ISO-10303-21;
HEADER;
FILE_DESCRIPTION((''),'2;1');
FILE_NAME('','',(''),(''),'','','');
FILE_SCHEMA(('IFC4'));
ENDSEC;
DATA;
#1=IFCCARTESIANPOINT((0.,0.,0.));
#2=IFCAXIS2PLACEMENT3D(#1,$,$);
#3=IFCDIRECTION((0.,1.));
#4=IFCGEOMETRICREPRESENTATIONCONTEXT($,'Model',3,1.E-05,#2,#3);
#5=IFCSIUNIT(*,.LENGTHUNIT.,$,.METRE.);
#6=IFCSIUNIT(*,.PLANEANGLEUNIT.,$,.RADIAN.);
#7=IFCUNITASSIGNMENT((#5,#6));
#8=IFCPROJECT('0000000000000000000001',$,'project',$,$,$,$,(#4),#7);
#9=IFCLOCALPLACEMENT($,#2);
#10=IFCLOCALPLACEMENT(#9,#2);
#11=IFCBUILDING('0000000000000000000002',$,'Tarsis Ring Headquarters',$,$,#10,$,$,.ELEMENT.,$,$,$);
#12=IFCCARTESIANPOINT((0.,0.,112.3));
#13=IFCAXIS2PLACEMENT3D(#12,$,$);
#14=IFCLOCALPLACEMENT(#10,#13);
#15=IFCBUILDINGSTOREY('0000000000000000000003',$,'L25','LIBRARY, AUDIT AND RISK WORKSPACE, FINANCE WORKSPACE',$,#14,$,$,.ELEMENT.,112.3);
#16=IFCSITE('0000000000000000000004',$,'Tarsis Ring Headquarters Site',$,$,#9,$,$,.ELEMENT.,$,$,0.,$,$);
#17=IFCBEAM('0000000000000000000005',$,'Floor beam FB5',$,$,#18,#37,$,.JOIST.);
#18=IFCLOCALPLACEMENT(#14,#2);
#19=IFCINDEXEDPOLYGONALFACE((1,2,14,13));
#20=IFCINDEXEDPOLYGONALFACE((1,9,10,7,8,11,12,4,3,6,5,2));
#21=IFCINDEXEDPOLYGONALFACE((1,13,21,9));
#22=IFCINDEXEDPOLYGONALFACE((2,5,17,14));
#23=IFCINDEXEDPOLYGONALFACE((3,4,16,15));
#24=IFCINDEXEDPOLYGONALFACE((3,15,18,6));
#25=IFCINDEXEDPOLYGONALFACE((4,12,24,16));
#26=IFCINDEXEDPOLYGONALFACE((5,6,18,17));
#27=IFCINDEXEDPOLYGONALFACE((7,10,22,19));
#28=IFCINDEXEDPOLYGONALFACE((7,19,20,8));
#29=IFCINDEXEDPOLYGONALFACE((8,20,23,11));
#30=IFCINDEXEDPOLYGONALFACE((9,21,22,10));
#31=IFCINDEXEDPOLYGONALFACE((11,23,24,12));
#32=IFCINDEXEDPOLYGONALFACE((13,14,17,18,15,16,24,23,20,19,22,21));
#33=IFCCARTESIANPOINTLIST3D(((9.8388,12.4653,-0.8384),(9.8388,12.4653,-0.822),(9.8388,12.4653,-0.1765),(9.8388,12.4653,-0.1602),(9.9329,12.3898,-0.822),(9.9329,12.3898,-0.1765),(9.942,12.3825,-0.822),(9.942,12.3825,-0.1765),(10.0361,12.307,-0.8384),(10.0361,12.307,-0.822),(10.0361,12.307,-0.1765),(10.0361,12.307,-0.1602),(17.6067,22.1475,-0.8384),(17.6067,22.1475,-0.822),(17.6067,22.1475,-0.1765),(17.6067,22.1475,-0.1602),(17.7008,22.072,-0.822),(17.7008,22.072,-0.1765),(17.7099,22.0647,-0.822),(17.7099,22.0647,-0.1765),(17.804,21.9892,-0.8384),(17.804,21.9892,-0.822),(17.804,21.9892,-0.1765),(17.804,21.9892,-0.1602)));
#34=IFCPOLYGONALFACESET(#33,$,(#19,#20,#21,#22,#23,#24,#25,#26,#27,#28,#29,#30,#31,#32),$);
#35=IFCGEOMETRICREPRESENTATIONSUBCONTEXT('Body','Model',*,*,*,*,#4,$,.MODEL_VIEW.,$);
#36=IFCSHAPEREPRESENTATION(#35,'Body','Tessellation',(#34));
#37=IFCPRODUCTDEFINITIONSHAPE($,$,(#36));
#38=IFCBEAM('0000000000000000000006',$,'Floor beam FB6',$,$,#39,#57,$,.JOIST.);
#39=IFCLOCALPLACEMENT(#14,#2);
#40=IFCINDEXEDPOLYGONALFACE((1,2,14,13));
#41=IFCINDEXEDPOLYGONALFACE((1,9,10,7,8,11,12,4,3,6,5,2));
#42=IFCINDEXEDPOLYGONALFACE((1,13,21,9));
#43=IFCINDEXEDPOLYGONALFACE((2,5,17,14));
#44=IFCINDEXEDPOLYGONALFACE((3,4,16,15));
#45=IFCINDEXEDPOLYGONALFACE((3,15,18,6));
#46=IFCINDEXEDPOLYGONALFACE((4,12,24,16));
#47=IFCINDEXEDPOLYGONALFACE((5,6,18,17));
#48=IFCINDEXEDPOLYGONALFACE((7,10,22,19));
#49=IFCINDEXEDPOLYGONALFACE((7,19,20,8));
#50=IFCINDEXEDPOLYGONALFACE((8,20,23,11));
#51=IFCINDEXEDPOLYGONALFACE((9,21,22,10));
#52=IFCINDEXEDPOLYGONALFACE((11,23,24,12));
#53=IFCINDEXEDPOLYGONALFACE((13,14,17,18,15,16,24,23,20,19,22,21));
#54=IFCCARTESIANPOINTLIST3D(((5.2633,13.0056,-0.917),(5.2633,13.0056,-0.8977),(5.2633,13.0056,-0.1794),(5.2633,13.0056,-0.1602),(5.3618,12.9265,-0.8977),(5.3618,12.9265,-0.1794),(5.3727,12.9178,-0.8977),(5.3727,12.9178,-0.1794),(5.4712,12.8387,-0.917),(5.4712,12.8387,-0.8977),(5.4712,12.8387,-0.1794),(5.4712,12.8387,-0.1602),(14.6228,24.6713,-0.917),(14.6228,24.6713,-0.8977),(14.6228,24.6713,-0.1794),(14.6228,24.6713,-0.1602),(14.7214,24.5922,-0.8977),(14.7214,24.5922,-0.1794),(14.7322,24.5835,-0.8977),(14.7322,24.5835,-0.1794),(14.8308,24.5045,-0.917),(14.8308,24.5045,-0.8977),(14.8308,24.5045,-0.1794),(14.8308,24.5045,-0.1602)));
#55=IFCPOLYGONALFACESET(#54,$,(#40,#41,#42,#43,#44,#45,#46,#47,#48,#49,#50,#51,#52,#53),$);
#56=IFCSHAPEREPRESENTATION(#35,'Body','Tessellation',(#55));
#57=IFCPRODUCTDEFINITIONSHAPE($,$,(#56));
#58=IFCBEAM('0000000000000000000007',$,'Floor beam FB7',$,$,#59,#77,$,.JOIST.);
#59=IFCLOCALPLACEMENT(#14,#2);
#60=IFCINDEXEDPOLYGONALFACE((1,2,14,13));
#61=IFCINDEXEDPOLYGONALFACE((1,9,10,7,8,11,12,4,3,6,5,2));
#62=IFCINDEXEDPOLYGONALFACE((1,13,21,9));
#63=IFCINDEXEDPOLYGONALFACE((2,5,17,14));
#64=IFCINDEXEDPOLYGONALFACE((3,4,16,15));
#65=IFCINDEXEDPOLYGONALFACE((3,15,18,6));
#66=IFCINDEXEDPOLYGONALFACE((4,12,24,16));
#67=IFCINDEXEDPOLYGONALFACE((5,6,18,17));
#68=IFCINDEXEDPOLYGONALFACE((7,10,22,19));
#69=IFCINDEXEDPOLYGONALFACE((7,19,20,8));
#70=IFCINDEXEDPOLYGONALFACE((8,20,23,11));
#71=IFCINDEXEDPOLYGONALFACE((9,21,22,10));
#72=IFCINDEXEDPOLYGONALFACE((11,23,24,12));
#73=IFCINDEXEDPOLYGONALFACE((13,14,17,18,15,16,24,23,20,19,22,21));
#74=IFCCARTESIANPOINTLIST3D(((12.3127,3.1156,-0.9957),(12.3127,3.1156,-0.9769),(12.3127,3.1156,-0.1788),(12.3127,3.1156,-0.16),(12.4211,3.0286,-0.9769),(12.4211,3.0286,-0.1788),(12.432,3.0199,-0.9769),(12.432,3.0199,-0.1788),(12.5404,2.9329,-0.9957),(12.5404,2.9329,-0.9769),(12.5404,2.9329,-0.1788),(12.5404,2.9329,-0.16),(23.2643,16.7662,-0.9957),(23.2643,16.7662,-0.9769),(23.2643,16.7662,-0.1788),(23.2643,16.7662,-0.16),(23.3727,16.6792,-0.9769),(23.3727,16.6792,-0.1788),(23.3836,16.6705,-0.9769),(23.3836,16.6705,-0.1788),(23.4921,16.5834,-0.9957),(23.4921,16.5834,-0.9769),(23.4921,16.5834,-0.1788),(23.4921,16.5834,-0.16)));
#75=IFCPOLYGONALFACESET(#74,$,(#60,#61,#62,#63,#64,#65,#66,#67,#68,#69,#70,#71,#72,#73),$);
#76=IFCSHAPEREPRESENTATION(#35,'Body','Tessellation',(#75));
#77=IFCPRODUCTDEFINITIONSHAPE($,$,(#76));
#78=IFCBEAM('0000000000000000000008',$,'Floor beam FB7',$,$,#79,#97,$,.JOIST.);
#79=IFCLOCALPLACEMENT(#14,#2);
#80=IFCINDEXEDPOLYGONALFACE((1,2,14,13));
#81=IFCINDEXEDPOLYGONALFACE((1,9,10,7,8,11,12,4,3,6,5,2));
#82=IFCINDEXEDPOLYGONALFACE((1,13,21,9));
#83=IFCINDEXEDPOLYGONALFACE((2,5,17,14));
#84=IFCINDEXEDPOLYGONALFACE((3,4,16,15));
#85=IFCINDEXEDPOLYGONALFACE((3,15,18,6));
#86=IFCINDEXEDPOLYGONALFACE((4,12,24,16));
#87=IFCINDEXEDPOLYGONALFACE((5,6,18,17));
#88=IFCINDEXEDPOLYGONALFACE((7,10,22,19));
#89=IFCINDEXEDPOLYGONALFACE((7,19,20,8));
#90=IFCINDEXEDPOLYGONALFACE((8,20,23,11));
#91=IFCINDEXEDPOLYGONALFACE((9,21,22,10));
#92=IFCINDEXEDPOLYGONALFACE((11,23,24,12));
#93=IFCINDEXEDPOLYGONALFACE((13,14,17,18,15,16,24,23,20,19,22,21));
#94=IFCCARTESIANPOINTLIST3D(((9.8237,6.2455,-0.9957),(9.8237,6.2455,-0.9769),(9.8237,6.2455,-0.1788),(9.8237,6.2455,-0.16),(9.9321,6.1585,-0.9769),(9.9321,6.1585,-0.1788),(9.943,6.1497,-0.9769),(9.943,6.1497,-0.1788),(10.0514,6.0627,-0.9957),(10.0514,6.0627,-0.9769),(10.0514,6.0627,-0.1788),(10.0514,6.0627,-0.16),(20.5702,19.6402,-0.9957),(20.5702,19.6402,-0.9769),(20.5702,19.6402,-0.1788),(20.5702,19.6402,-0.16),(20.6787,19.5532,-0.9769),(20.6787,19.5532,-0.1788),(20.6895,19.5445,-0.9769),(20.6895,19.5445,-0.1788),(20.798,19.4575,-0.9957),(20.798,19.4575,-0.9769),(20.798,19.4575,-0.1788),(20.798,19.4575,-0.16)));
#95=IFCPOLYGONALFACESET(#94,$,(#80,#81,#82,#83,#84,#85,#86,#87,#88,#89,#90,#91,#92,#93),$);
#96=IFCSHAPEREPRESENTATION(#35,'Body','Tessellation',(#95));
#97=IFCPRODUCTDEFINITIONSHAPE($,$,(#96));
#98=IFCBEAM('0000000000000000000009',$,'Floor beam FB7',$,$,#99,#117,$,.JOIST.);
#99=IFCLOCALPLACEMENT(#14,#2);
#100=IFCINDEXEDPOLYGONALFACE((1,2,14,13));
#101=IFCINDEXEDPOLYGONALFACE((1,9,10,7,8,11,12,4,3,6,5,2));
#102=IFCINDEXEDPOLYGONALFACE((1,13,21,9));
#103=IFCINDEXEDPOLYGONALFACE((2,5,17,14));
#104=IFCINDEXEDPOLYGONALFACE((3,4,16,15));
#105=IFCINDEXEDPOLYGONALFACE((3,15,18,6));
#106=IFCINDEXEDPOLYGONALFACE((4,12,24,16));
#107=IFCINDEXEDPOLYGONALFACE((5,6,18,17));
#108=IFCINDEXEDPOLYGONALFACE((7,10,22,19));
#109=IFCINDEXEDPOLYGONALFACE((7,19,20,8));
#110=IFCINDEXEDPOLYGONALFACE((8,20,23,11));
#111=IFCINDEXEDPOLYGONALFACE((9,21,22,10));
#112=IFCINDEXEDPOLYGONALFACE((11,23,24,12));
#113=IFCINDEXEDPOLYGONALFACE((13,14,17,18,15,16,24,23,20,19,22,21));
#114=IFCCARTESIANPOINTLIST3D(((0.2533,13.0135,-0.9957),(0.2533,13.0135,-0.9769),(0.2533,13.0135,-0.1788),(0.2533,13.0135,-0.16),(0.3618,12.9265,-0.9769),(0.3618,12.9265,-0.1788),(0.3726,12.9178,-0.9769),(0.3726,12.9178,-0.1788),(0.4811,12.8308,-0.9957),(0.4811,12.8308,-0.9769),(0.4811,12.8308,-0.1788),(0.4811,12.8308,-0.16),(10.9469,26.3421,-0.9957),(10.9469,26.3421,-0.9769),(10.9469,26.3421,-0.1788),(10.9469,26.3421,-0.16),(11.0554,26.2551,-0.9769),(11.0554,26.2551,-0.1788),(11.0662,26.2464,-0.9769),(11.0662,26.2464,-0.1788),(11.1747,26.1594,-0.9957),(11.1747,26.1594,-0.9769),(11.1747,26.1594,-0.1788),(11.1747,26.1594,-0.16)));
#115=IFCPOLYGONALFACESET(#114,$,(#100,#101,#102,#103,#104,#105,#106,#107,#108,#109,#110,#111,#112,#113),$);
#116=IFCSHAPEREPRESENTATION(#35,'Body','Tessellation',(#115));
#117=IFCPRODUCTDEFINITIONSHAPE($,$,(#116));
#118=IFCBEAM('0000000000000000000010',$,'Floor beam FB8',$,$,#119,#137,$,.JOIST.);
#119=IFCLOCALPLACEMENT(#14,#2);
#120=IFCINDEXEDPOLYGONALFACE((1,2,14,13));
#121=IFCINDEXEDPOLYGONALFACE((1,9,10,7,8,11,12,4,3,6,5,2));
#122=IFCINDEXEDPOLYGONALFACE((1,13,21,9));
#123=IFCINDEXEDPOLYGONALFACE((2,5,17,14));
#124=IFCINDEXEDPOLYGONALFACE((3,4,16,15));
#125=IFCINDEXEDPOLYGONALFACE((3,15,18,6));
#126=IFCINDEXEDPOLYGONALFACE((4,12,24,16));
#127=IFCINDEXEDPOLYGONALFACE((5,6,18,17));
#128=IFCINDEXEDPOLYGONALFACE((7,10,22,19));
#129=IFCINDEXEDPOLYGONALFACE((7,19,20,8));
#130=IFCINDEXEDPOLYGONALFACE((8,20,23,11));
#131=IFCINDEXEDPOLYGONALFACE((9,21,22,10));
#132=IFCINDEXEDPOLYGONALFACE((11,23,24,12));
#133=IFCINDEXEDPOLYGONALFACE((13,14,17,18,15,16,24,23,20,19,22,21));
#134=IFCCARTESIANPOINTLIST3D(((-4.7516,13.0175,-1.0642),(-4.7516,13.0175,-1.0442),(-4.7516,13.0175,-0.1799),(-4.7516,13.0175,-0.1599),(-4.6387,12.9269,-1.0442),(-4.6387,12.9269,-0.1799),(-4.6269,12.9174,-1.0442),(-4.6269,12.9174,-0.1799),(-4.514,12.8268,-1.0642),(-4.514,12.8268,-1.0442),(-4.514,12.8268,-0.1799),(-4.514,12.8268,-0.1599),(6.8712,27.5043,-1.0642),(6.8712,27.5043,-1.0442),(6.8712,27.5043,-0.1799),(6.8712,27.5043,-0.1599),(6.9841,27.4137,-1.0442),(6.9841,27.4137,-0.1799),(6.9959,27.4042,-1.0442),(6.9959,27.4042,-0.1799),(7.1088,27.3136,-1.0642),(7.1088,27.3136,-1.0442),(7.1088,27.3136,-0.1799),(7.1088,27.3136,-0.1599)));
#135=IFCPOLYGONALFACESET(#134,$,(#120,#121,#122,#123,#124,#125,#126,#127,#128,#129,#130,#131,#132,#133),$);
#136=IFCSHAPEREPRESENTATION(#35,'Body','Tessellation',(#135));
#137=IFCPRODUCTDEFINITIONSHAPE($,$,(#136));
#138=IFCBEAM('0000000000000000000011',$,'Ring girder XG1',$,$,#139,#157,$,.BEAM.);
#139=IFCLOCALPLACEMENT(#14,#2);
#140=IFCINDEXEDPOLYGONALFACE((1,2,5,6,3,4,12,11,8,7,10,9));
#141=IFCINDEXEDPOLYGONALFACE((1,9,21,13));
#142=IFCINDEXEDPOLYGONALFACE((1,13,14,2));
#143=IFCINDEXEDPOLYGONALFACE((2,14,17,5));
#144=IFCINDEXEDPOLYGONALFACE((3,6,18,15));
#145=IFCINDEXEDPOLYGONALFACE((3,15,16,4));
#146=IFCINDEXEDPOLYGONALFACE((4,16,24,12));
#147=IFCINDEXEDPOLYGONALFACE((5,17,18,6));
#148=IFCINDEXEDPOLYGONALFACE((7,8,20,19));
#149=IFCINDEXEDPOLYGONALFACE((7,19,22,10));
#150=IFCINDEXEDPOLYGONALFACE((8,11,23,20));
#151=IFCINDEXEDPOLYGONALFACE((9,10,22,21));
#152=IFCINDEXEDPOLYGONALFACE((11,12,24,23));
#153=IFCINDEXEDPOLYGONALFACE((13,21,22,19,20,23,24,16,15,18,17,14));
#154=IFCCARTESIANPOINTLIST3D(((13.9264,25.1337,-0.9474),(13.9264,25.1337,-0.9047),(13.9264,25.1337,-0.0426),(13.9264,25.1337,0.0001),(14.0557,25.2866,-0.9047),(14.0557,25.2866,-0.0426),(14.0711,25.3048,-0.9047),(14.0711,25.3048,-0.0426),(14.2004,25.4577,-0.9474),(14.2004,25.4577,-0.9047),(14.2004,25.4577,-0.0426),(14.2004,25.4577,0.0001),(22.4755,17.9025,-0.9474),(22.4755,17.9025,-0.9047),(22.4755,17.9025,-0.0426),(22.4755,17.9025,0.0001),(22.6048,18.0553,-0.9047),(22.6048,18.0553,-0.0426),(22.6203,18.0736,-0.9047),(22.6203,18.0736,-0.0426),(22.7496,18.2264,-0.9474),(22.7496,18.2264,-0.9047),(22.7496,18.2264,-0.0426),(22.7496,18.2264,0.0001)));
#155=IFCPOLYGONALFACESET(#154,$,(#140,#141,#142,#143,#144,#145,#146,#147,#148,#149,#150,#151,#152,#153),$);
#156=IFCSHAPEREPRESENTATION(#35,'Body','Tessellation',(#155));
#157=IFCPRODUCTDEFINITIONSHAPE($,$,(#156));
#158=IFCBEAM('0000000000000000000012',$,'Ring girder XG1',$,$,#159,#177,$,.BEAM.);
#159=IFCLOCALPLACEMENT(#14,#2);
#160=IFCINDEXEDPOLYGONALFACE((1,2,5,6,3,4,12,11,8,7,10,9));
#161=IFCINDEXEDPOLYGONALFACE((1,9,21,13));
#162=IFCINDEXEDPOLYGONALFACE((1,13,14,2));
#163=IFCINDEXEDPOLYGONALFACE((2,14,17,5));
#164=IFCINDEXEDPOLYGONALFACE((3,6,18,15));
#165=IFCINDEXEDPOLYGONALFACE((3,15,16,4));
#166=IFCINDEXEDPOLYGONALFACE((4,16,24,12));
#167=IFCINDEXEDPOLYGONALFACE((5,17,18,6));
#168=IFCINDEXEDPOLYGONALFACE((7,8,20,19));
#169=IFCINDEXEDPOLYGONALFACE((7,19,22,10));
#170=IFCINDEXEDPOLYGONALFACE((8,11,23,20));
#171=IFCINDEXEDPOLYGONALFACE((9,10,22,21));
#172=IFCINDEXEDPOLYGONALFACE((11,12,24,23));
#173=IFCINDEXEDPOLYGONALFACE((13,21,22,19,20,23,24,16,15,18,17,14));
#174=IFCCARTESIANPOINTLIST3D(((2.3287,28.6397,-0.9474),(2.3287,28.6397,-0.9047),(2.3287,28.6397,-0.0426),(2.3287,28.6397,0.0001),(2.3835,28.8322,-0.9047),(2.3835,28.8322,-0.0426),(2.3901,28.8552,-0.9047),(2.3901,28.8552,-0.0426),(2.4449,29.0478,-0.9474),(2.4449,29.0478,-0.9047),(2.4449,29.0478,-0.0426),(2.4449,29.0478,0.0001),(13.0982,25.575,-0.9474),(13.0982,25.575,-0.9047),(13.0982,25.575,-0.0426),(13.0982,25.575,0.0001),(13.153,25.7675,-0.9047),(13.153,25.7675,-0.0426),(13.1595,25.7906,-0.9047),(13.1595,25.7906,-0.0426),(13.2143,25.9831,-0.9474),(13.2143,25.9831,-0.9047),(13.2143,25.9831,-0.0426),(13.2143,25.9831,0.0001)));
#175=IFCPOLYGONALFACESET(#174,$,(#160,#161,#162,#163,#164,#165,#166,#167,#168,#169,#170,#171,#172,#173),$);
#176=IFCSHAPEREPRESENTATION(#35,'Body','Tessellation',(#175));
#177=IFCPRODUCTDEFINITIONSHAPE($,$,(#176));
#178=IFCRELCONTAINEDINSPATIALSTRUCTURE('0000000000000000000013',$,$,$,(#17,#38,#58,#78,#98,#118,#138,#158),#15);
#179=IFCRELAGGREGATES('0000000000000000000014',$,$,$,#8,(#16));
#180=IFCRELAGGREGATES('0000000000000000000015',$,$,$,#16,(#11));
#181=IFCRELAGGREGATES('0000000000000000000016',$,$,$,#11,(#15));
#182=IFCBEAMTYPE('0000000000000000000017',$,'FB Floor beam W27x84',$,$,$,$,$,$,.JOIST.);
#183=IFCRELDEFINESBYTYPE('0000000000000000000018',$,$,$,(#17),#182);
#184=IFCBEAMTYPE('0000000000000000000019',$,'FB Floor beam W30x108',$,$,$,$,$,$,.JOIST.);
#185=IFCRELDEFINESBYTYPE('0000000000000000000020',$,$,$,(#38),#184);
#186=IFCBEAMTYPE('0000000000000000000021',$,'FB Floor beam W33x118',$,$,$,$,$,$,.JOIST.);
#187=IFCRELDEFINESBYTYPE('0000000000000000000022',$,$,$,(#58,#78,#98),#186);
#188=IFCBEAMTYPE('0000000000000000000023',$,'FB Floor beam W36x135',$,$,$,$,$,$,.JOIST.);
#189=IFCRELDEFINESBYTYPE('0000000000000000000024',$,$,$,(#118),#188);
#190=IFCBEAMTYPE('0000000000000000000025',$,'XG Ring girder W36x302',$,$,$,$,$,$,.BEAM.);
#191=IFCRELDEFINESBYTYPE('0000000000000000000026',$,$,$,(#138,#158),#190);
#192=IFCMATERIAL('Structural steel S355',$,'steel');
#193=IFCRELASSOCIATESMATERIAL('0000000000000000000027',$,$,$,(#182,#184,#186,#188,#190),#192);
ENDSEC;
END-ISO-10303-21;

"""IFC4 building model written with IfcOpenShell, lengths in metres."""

from ifc_helpers import new_model, si_unit, direction, frame, origin, origin_2d, place, context, subcontext, project, spatial, i_section, extrude, material, material_profile, profile_set, type_object, element, save


model = new_model("IFC4")

# Units and contexts
model_context = context("Model", 3, precision=1e-05, world=origin(), true_north=direction((0.0, 1.0)))
body_context = subcontext(model_context, "Body", "Model", "MODEL_VIEW")
ifc_project = project(units=[si_unit("LENGTHUNIT", "METRE"), si_unit("PLANEANGLEUNIT", "RADIAN")], contexts=[model_context])

# Site, building, storey
site_placement = place(None, origin())
site = spatial("IfcSite", under=ifc_project, at=site_placement, Name="Tarsis Ring Headquarters Site", CompositionType="ELEMENT", RefElevation=0.0)
building_placement = place(site_placement, origin())
building = spatial("IfcBuilding", under=site, at=building_placement, Name="Tarsis Ring Headquarters", CompositionType="ELEMENT")
storey_placement = place(building_placement, frame((0.0, 0.0, 112.3)))
storey = spatial("IfcBuildingStorey", under=building, at=storey_placement, Name="L25", Description="LIBRARY, AUDIT AND RISK WORKSPACE, FINANCE WORKSPACE", CompositionType="ELEMENT", Elevation=112.3)

# Shared definitions
ifc_material_1 = material(Name="Structural steel S355", Category="steel")

# Beams
ifc_material_profile_1 = material_profile(ifc_material_1, i_section(OverallWidth=0.2529, OverallDepth=0.6782, WebThickness=0.0117, FlangeThickness=0.0164, at=origin_2d()), Name="W27x84")
ifc_profile_set_1 = profile_set([ifc_material_profile_1], Name="Structural steel S355")
beam_type_1 = type_object("IfcBeamType", Name="FB Floor beam W27x84", PredefinedType="JOIST", material=ifc_profile_set_1)
beam_1_placement = place(storey_placement, frame((17.7053, 22.0684, -0.4993), z_axis=(-0.625781, -0.779999, 0.0), x_axis=(0.779999, -0.625781, 0.0)))
element("IfcBeam", 1, at=beam_1_placement, inside=storey, type_object=beam_type_1, Name="Floor beam FB5", PredefinedType="JOIST", context=body_context, shape_type="SweptSolid", body=[
    extrude(i_section(OverallWidth=0.2529, OverallDepth=0.6782, WebThickness=0.0117, FlangeThickness=0.0164, at=origin_2d()), origin(), (0.0, 0.0, 1.0), 12.4131),
])
ifc_material_profile_2 = material_profile(ifc_material_1, i_section(OverallWidth=0.2666, OverallDepth=0.7568, WebThickness=0.0139, FlangeThickness=0.0193, at=origin_2d()), Name="W30x108")
ifc_profile_set_2 = profile_set([ifc_material_profile_2], Name="Structural steel S355")
beam_type_2 = type_object("IfcBeamType", Name="FB Floor beam W30x108", PredefinedType="JOIST", material=ifc_profile_set_2)
beam_2_placement = place(storey_placement, frame((14.7268, 24.5879, -0.5386), z_axis=(-0.625795, -0.779987, 0.0), x_axis=(0.779987, -0.625795, 0.0)))
element("IfcBeam", 2, at=beam_2_placement, inside=storey, type_object=beam_type_2, Name="Floor beam FB6", PredefinedType="JOIST", context=body_context, shape_type="SweptSolid", body=[
    extrude(i_section(OverallWidth=0.2666, OverallDepth=0.7568, WebThickness=0.0139, FlangeThickness=0.0193, at=origin_2d()), origin(), (0.0, 0.0, 1.0), 14.9563),
])
ifc_material_profile_3 = material_profile(ifc_material_1, i_section(OverallWidth=0.292, OverallDepth=0.8357, WebThickness=0.0139, FlangeThickness=0.0188, at=origin_2d()), Name="W33x118")
ifc_profile_set_3 = profile_set([ifc_material_profile_3], Name="Structural steel S355")
beam_type_3 = type_object("IfcBeamType", Name="FB Floor beam W33x118", PredefinedType="JOIST", material=ifc_profile_set_3)
beam_3_placement = place(storey_placement, frame((23.3782, 16.6748, -0.5779), z_axis=(-0.62578, -0.78, 0.0), x_axis=(0.78, -0.62578, 0.0)))
element("IfcBeam", 3, at=beam_3_placement, inside=storey, type_object=beam_type_3, Name="Floor beam FB7", PredefinedType="JOIST", context=body_context, shape_type="SweptSolid", body=[
    extrude(i_section(OverallWidth=0.292, OverallDepth=0.8357, WebThickness=0.0139, FlangeThickness=0.0188, at=origin_2d()), origin(), (0.0, 0.0, 1.0), 17.5007),
])
beam_4_placement = place(storey_placement, frame((20.6841, 19.5488, -0.5779), z_axis=(-0.625787, -0.779994, 0.0), x_axis=(0.779994, -0.625787, 0.0)))
element("IfcBeam", 4, at=beam_4_placement, inside=storey, type_object=beam_type_3, Name="Floor beam FB7", PredefinedType="JOIST", context=body_context, shape_type="SweptSolid", body=[
    extrude(i_section(OverallWidth=0.292, OverallDepth=0.8357, WebThickness=0.0139, FlangeThickness=0.0188, at=origin_2d()), origin(), (0.0, 0.0, 1.0), 17.1729),
])
beam_5_placement = place(storey_placement, frame((11.0608, 26.2507, -0.5779), z_axis=(-0.62579, -0.779991, 0.0), x_axis=(0.779991, -0.62579, 0.0)))
element("IfcBeam", 5, at=beam_5_placement, inside=storey, type_object=beam_type_3, Name="Floor beam FB7", PredefinedType="JOIST", context=body_context, shape_type="SweptSolid", body=[
    extrude(i_section(OverallWidth=0.292, OverallDepth=0.8357, WebThickness=0.0139, FlangeThickness=0.0188, at=origin_2d()), origin(), (0.0, 0.0, 1.0), 17.0881),
])
ifc_material_profile_4 = material_profile(ifc_material_1, i_section(OverallWidth=0.3047, OverallDepth=0.9043, WebThickness=0.0151, FlangeThickness=0.02, at=origin_2d()), Name="W36x135")
ifc_profile_set_4 = profile_set([ifc_material_profile_4], Name="Structural steel S355")
beam_type_4 = type_object("IfcBeamType", Name="FB Floor beam W36x135", PredefinedType="JOIST", material=ifc_profile_set_4)
beam_6_placement = place(storey_placement, frame((6.99, 27.4089, -0.6121), z_axis=(-0.625789, -0.779992, 0.0), x_axis=(0.779992, -0.625789, 0.0)))
element("IfcBeam", 6, at=beam_6_placement, inside=storey, type_object=beam_type_4, Name="Floor beam FB8", PredefinedType="JOIST", context=body_context, shape_type="SweptSolid", body=[
    extrude(i_section(OverallWidth=0.3047, OverallDepth=0.9043, WebThickness=0.0151, FlangeThickness=0.02, at=origin_2d()), origin(), (0.0, 0.0, 1.0), 18.573),
])
ifc_material_profile_5 = material_profile(ifc_material_1, i_section(OverallWidth=0.4243, OverallDepth=0.9475, WebThickness=0.0239, FlangeThickness=0.0427, at=origin_2d()), Name="W36x302")
ifc_profile_set_5 = profile_set([ifc_material_profile_5], Name="Structural steel S355")
beam_type_5 = type_object("IfcBeamType", Name="XG Ring girder W36x302", PredefinedType="BEAM", material=ifc_profile_set_5)
beam_7_placement = place(storey_placement, frame((22.6125, 18.0645, -0.4736), z_axis=(-0.763502, 0.645805, 0.0), x_axis=(-0.645805, -0.763502, 0.0)))
element("IfcBeam", 7, at=beam_7_placement, inside=storey, type_object=beam_type_5, Name="Ring girder XG1", PredefinedType="BEAM", context=body_context, shape_type="SweptSolid", body=[
    extrude(i_section(OverallWidth=0.4243, OverallDepth=0.9475, WebThickness=0.0239, FlangeThickness=0.0427, at=origin_2d()), origin(), (0.0, 0.0, 1.0), 11.1973),
])
beam_8_placement = place(storey_placement, frame((13.1562, 25.7791, -0.4736), z_axis=(-0.961814, 0.273704, 0.0), x_axis=(-0.273704, -0.961814, 0.0)))
element("IfcBeam", 8, at=beam_8_placement, inside=storey, type_object=beam_type_5, Name="Ring girder XG1", PredefinedType="BEAM", context=body_context, shape_type="SweptSolid", body=[
    extrude(i_section(OverallWidth=0.4243, OverallDepth=0.9475, WebThickness=0.0239, FlangeThickness=0.0427, at=origin_2d()), origin(), (0.0, 0.0, 1.0), 11.197),
])

save(model, "model.ifc")
